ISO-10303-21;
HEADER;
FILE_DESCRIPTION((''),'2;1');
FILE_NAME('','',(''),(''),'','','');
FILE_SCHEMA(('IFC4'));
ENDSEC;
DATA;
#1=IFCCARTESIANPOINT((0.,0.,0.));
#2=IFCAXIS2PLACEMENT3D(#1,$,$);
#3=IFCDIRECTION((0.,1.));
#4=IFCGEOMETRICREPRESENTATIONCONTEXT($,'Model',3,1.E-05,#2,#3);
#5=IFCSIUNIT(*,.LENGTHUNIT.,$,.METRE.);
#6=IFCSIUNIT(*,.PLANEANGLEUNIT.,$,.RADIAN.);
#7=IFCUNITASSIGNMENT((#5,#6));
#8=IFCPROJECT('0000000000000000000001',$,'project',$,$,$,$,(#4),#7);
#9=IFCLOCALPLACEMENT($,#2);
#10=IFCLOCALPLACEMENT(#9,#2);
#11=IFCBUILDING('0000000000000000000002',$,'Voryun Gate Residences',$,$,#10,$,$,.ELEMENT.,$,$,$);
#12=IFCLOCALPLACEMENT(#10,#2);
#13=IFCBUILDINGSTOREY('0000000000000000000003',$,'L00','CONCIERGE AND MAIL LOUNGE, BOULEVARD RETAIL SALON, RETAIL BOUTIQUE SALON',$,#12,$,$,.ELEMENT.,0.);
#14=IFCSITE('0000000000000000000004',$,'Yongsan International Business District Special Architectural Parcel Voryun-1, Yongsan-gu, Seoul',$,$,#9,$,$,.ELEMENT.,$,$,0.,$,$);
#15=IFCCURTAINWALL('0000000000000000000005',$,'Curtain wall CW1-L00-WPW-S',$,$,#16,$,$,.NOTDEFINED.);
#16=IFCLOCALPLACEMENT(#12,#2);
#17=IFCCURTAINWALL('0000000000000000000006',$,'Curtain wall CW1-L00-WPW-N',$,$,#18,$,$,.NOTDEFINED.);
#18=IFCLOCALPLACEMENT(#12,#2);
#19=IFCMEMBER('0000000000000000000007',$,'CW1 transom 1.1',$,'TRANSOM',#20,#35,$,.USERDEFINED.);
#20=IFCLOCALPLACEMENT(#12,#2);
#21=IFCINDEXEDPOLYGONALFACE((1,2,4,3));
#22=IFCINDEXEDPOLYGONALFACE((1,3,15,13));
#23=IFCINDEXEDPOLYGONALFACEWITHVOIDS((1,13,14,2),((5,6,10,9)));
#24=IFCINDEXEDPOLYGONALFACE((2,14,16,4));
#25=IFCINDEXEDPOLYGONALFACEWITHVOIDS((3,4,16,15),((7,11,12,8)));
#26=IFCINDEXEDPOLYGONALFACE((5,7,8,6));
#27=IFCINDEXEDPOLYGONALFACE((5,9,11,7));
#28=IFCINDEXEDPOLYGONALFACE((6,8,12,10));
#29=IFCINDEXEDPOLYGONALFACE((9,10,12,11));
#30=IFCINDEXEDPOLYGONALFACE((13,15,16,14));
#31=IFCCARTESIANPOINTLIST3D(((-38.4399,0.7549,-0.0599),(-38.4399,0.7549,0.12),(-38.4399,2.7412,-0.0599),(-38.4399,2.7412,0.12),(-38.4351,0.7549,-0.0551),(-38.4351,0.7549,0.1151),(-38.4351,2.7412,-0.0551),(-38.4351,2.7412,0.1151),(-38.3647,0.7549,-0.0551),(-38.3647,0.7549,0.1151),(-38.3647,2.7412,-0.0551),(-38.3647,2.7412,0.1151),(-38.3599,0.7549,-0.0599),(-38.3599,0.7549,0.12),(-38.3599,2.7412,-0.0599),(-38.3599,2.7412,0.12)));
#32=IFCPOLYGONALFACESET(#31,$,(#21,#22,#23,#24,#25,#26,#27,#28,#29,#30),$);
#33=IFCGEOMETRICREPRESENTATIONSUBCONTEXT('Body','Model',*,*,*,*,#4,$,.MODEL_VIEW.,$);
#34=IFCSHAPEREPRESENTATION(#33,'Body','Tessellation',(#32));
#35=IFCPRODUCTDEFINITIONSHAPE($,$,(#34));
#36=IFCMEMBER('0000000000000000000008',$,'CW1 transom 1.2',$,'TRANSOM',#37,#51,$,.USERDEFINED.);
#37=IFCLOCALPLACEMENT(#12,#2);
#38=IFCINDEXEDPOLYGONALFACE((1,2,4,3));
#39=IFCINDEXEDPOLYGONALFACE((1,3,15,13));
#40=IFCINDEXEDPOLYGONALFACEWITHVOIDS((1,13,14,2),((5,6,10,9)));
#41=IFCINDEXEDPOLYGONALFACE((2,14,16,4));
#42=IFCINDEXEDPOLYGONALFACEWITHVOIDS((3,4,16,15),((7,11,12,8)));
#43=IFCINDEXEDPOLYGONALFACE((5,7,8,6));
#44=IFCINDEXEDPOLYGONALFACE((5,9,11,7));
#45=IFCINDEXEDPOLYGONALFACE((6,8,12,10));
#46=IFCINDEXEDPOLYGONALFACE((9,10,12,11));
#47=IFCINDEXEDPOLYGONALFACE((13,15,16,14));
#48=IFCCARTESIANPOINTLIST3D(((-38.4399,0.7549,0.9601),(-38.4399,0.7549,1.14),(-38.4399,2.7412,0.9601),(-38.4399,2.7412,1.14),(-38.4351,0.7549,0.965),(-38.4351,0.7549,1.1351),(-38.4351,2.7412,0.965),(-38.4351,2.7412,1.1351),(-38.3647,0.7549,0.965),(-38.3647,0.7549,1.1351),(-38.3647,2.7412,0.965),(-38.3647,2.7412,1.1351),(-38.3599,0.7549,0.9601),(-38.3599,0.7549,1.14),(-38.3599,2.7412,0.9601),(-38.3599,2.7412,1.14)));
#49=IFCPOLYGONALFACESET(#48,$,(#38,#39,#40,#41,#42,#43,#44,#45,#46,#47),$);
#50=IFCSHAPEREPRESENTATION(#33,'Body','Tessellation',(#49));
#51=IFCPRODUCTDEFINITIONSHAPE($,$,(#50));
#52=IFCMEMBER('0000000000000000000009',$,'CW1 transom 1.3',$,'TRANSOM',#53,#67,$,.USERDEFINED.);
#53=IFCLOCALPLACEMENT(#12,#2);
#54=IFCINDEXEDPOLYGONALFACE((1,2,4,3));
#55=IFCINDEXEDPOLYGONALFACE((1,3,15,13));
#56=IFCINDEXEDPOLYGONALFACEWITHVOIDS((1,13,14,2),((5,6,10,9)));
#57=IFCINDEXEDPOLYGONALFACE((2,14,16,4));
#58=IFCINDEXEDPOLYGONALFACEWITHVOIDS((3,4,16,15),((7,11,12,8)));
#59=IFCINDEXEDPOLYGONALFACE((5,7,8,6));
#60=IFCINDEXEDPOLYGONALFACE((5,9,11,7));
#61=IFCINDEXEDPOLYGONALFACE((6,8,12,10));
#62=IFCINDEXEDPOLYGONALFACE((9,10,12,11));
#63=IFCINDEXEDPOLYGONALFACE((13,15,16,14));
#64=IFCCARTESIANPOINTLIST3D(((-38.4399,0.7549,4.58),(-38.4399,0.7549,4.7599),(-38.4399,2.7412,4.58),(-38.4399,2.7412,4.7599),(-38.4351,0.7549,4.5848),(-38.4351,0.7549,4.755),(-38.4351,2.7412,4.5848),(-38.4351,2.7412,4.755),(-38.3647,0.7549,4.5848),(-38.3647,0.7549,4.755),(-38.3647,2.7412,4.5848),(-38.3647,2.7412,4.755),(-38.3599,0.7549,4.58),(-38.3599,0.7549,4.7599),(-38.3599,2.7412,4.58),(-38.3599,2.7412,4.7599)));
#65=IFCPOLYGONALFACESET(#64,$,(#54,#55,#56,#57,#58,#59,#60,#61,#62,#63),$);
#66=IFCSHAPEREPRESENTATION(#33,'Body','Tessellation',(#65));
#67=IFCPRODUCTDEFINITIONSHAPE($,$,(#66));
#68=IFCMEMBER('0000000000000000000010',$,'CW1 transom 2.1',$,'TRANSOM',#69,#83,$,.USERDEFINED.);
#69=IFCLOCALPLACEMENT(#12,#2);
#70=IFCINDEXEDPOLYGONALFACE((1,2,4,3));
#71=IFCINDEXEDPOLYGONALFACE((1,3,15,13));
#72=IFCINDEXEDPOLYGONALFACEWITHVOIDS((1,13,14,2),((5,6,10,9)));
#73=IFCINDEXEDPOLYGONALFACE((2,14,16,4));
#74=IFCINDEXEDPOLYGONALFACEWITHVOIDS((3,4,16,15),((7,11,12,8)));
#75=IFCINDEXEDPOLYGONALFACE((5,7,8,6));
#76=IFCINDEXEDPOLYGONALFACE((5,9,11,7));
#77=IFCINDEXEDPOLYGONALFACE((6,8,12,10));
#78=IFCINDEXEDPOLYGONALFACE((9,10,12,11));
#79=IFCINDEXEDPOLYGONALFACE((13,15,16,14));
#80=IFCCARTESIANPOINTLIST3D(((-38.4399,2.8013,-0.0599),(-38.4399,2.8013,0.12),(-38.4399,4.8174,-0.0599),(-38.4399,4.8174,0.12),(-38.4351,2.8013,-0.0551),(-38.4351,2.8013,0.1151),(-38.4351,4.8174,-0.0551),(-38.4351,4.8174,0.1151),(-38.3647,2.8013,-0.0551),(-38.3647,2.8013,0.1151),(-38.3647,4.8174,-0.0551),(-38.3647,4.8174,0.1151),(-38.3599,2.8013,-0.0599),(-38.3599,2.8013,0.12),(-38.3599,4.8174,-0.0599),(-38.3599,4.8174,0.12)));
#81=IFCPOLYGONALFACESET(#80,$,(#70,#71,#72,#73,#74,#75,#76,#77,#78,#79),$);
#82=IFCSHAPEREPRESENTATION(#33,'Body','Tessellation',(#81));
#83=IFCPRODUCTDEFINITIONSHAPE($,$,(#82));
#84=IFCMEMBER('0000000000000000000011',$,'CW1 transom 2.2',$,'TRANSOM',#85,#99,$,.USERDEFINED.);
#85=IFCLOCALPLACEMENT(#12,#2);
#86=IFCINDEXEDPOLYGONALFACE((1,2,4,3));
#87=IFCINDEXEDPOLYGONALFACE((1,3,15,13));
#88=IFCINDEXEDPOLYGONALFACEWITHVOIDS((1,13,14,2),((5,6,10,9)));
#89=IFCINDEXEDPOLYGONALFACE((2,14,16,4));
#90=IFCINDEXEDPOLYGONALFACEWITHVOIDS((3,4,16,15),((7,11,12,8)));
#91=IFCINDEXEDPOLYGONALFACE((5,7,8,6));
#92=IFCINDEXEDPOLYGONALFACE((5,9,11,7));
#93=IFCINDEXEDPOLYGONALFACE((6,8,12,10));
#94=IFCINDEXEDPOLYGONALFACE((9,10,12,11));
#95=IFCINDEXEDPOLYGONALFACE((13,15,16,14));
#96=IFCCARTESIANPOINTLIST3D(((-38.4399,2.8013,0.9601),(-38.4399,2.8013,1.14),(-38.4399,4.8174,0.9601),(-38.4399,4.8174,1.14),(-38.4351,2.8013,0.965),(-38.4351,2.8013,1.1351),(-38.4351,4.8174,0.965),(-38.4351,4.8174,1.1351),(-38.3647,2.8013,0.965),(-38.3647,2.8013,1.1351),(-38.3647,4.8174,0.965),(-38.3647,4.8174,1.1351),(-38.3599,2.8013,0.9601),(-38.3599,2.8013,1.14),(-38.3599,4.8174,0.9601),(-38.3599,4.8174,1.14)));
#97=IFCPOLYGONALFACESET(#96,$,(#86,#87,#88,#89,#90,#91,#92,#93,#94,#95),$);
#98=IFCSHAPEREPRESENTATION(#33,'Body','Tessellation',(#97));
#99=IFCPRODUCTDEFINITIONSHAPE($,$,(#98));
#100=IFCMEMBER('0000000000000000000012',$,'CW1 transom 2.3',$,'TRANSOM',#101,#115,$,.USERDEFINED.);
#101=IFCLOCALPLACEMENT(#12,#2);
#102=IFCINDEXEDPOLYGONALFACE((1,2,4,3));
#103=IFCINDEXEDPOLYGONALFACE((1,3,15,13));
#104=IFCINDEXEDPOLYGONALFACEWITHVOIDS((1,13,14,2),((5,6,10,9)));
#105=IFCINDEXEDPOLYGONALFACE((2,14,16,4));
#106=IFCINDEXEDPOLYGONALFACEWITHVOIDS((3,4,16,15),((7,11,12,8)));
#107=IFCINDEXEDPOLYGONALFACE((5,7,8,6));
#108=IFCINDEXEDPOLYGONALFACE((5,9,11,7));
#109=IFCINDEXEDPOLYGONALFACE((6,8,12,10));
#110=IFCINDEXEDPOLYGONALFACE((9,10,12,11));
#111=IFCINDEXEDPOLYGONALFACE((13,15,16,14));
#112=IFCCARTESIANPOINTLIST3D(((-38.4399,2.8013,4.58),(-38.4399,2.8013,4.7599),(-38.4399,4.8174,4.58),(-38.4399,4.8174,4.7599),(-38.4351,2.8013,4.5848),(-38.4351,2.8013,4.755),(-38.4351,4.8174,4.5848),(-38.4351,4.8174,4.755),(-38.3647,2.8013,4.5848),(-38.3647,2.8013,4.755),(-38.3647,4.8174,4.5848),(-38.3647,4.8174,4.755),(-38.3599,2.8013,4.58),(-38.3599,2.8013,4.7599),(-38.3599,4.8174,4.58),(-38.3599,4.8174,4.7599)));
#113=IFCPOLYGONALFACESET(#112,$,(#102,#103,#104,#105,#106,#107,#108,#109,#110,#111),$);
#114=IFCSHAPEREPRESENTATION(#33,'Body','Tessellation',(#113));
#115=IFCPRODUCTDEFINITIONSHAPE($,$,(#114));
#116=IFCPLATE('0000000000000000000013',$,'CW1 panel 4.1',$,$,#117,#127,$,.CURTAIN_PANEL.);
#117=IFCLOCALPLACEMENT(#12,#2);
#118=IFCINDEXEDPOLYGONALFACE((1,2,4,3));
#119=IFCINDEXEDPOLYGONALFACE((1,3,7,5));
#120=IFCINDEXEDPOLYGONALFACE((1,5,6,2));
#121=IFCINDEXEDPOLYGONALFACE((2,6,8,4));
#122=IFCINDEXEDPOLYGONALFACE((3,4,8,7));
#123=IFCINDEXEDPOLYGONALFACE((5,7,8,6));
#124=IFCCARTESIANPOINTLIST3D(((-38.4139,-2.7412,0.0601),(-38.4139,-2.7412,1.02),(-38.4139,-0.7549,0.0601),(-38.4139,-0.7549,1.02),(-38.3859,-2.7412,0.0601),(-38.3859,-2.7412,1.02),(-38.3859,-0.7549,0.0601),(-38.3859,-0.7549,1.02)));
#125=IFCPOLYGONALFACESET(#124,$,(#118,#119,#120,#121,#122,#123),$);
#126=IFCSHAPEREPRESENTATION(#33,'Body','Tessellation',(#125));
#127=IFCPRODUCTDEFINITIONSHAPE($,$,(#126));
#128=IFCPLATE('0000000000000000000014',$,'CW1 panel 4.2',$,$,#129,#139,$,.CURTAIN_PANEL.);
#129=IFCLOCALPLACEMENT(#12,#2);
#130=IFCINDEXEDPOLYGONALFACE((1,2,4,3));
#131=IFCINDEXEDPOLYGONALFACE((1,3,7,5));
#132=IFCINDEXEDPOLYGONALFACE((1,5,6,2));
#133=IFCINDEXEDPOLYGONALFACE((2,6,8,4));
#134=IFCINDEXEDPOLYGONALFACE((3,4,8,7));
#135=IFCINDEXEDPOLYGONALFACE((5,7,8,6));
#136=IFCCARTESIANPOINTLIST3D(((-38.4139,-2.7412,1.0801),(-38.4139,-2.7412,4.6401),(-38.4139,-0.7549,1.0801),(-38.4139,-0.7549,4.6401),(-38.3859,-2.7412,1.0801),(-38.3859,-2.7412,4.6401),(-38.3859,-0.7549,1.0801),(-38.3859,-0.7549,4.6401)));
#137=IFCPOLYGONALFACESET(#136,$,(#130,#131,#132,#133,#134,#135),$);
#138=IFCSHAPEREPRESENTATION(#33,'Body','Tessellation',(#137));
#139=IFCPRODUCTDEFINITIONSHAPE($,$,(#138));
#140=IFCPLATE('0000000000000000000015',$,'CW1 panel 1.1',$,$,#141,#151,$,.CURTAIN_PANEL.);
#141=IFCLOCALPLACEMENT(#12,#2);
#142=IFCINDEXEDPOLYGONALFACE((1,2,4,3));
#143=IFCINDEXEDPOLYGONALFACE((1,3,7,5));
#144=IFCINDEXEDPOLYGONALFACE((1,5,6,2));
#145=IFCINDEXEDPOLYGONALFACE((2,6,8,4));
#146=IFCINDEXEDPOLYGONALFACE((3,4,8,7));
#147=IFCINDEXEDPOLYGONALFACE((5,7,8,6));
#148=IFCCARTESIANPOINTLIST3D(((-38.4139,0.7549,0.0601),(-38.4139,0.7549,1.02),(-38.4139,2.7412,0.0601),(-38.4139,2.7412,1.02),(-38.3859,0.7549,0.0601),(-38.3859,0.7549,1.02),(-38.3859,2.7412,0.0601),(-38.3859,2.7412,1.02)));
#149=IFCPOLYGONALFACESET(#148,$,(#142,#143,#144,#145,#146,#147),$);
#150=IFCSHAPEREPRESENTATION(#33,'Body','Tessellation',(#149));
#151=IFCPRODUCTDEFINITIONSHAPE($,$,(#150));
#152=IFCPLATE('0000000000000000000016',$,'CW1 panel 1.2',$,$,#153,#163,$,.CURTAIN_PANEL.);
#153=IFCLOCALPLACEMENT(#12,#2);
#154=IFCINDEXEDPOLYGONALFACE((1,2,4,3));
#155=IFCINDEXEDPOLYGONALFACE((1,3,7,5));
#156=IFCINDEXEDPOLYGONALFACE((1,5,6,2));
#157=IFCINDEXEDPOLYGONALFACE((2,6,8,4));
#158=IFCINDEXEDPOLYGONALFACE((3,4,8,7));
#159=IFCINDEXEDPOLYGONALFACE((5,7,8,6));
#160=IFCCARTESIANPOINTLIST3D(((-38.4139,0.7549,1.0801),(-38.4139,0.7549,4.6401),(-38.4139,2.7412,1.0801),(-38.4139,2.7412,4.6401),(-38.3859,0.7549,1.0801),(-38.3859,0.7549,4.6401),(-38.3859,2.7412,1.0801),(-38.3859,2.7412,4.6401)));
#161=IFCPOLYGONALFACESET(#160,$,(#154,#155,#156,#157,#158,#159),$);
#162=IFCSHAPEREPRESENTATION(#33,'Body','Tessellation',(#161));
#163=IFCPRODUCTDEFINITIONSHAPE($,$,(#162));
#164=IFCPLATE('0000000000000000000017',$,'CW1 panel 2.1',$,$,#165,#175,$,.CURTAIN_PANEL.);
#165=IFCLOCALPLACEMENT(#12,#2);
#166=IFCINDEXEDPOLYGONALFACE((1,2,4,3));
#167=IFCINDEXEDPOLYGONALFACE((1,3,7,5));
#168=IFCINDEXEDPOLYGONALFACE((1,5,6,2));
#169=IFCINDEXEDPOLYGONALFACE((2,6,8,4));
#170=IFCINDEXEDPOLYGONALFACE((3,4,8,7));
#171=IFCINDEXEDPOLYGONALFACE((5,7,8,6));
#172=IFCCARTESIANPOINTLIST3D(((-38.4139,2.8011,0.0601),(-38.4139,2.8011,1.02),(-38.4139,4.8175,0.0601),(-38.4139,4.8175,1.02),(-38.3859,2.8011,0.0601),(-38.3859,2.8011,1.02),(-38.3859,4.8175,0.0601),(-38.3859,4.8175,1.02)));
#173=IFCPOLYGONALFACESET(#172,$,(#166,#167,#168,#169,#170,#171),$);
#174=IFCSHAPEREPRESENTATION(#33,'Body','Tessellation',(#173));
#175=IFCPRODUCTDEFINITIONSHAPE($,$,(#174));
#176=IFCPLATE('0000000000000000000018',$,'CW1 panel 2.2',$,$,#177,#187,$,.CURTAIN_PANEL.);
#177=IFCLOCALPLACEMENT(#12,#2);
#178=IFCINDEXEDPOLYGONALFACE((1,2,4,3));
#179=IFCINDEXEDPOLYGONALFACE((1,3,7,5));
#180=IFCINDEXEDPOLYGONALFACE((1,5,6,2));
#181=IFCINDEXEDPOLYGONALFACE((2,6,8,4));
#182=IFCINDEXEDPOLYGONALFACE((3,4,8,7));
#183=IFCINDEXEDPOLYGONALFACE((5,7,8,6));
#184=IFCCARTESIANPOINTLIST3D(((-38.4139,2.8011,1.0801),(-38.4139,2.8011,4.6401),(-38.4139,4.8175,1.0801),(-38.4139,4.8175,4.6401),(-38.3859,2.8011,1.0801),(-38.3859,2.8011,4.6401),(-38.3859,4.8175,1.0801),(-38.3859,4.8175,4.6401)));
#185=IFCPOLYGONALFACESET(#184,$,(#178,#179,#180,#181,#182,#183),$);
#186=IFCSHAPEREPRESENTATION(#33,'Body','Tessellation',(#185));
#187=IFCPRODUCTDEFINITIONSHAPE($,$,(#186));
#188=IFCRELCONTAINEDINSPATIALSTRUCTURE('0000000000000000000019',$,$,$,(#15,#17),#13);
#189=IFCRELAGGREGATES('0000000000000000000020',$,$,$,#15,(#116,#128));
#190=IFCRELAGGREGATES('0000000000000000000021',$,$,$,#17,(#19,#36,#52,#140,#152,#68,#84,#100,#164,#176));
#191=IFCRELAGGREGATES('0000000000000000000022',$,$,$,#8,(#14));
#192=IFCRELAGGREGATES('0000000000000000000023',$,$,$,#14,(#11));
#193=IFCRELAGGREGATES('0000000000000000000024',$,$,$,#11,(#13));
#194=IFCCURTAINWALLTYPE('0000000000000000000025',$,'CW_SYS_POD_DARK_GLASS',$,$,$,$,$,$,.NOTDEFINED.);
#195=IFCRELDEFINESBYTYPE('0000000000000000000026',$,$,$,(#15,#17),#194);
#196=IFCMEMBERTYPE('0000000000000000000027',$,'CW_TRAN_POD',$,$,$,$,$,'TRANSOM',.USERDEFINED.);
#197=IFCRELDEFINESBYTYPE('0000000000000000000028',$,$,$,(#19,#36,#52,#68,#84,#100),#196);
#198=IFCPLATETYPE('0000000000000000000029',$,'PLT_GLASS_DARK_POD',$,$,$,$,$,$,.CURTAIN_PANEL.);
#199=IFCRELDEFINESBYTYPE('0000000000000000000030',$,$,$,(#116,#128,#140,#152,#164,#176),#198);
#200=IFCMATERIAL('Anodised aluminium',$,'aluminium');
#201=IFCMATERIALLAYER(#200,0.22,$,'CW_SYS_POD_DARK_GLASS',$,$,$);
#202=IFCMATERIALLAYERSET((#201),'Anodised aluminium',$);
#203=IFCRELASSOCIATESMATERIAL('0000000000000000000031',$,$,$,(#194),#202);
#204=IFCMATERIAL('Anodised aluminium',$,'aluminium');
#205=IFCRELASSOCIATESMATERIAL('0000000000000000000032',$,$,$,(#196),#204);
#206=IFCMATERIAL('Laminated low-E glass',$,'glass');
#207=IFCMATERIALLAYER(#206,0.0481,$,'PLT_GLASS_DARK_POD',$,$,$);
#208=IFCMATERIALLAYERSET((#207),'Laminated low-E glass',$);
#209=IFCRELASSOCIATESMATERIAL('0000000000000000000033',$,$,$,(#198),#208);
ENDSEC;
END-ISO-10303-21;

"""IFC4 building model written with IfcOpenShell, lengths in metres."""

from ifc_helpers import new_model, si_unit, direction, frame, origin, origin_2d, place, context, subcontext, project, spatial, rectangle, hollow_rectangle, extrude, material, layer, layer_set, material_profile, profile_set, type_object, element, aggregate, save


model = new_model("IFC4")

# Units and contexts
model_context = context("Model", 3, precision=1e-05, world=origin(), true_north=direction((0.0, 1.0)))
body_context = subcontext(model_context, "Body", "Model", "MODEL_VIEW")
ifc_project = project(units=[si_unit("LENGTHUNIT", "METRE"), si_unit("PLANEANGLEUNIT", "RADIAN")], contexts=[model_context])

# Site, building, storey
site_placement = place(None, origin())
site = spatial("IfcSite", under=ifc_project, at=site_placement, Name="Yongsan International Business District Special Architectural Parcel Voryun-1, Yongsan-gu, Seoul", CompositionType="ELEMENT", RefElevation=0.0)
building_placement = place(site_placement, origin())
building = spatial("IfcBuilding", under=site, at=building_placement, Name="Voryun Gate Residences", CompositionType="ELEMENT")
storey_placement = place(building_placement, origin())
storey = spatial("IfcBuildingStorey", under=building, at=storey_placement, Name="L00", Description="CONCIERGE AND MAIL LOUNGE, BOULEVARD RETAIL SALON, RETAIL BOUTIQUE SALON", CompositionType="ELEMENT", Elevation=0.0)

# Curtain wall
ifc_material_1 = material(Name="Anodised aluminium", Category="aluminium")
ifc_layer_1 = layer(ifc_material_1, 0.22, Name="CW_SYS_POD_DARK_GLASS")
ifc_layer_set_1 = layer_set([ifc_layer_1], Name="Anodised aluminium")
curtain_wall_type = type_object("IfcCurtainWallType", Name="CW_SYS_POD_DARK_GLASS", PredefinedType="NOTDEFINED", material=ifc_layer_set_1)
curtain_wall_1_placement = place(storey_placement, origin())
curtain_wall_1 = element("IfcCurtainWall", 1, at=curtain_wall_1_placement, inside=storey, type_object=curtain_wall_type, Name="Curtain wall CW1-L00-WPW-S", PredefinedType="NOTDEFINED")

# Curtain wall
curtain_wall_2_placement = place(storey_placement, origin())
curtain_wall_2 = element("IfcCurtainWall", 2, at=curtain_wall_2_placement, inside=storey, type_object=curtain_wall_type, Name="Curtain wall CW1-L00-WPW-N", PredefinedType="NOTDEFINED")

# Members
ifc_material_2 = material(Name="Anodised aluminium", Category="aluminium")
ifc_material_profile_1 = material_profile(ifc_material_2, hollow_rectangle(XDim=0.0801, YDim=0.1799, WallThickness=0.0049, at=origin_2d()), Name="ALU-TRAN-180x80x5")
ifc_profile_set_1 = profile_set([ifc_material_profile_1], Name="Anodised aluminium")
member_type_1 = type_object("IfcMemberType", Name="CW_TRAN_POD", ElementType="TRANSOM", PredefinedType="USERDEFINED", material=ifc_profile_set_1)
member_1_placement = place(storey_placement, frame((-38.3999, 0.7549, 0.03), z_axis=(0.0, 1.0, 0.0), x_axis=(-1.0, 0.0, 0.0)))
member_1 = element("IfcMember", 3, at=member_1_placement, type_object=member_type_1, Name="CW1 transom 1.1", ObjectType="TRANSOM", PredefinedType="USERDEFINED", context=body_context, shape_type="SweptSolid", body=[
    extrude(hollow_rectangle(XDim=0.0801, YDim=0.1799, WallThickness=0.0049, at=origin_2d()), origin(), (0.0, 0.0, 1.0), 1.9863),
])
member_2_placement = place(storey_placement, frame((-38.3999, 0.7549, 1.05), z_axis=(0.0, 1.0, 0.0), x_axis=(-1.0, 0.0, 0.0)))
member_2 = element("IfcMember", 4, at=member_2_placement, type_object=member_type_1, Name="CW1 transom 1.2", ObjectType="TRANSOM", PredefinedType="USERDEFINED", context=body_context, shape_type="SweptSolid", body=[
    extrude(hollow_rectangle(XDim=0.0801, YDim=0.1799, WallThickness=0.0049, at=origin_2d()), origin(), (0.0, 0.0, 1.0), 1.9863),
])
member_3_placement = place(storey_placement, frame((-38.3999, 0.7549, 4.6699), z_axis=(0.0, 1.0, 0.0), x_axis=(-1.0, 0.0, 0.0)))
member_3 = element("IfcMember", 5, at=member_3_placement, type_object=member_type_1, Name="CW1 transom 1.3", ObjectType="TRANSOM", PredefinedType="USERDEFINED", context=body_context, shape_type="SweptSolid", body=[
    extrude(hollow_rectangle(XDim=0.0801, YDim=0.1799, WallThickness=0.0049, at=origin_2d()), origin(), (0.0, 0.0, 1.0), 1.9863),
])
member_4_placement = place(storey_placement, frame((-38.3999, 2.8013, 0.03), z_axis=(0.0, 1.0, 0.0), x_axis=(-1.0, 0.0, 0.0)))
member_4 = element("IfcMember", 6, at=member_4_placement, type_object=member_type_1, Name="CW1 transom 2.1", ObjectType="TRANSOM", PredefinedType="USERDEFINED", context=body_context, shape_type="SweptSolid", body=[
    extrude(hollow_rectangle(XDim=0.0801, YDim=0.1799, WallThickness=0.0049, at=origin_2d()), origin(), (0.0, 0.0, 1.0), 2.0161),
])
member_5_placement = place(storey_placement, frame((-38.3999, 2.8013, 1.05), z_axis=(0.0, 1.0, 0.0), x_axis=(-1.0, 0.0, 0.0)))
member_5 = element("IfcMember", 7, at=member_5_placement, type_object=member_type_1, Name="CW1 transom 2.2", ObjectType="TRANSOM", PredefinedType="USERDEFINED", context=body_context, shape_type="SweptSolid", body=[
    extrude(hollow_rectangle(XDim=0.0801, YDim=0.1799, WallThickness=0.0049, at=origin_2d()), origin(), (0.0, 0.0, 1.0), 2.0161),
])
member_6_placement = place(storey_placement, frame((-38.3999, 2.8013, 4.6699), z_axis=(0.0, 1.0, 0.0), x_axis=(-1.0, 0.0, 0.0)))
member_6 = element("IfcMember", 8, at=member_6_placement, type_object=member_type_1, Name="CW1 transom 2.3", ObjectType="TRANSOM", PredefinedType="USERDEFINED", context=body_context, shape_type="SweptSolid", body=[
    extrude(hollow_rectangle(XDim=0.0801, YDim=0.1799, WallThickness=0.0049, at=origin_2d()), origin(), (0.0, 0.0, 1.0), 2.0161),
])

# Plates
ifc_material_3 = material(Name="Laminated low-E glass", Category="glass")
ifc_layer_2 = layer(ifc_material_3, 0.0481, Name="PLT_GLASS_DARK_POD")
ifc_layer_set_2 = layer_set([ifc_layer_2], Name="Laminated low-E glass")
plate_type = type_object("IfcPlateType", Name="PLT_GLASS_DARK_POD", PredefinedType="CURTAIN_PANEL", material=ifc_layer_set_2)
plate_1_placement = place(storey_placement, frame((-38.3999, -1.748, 0.0601), z_axis=(0.0, 0.0, 1.0), x_axis=(0.0, 1.0, 0.0)))
plate_1 = element("IfcPlate", 9, at=plate_1_placement, type_object=plate_type, Name="CW1 panel 4.1", PredefinedType="CURTAIN_PANEL", context=body_context, shape_type="SweptSolid", body=[
    extrude(rectangle(XDim=1.9863, YDim=0.0281, at=origin_2d()), origin(), (0.0, 0.0, 1.0), 0.96),
])
plate_2_placement = place(storey_placement, frame((-38.3999, -1.748, 1.0801), z_axis=(0.0, 0.0, 1.0), x_axis=(0.0, 1.0, 0.0)))
plate_2 = element("IfcPlate", 10, at=plate_2_placement, type_object=plate_type, Name="CW1 panel 4.2", PredefinedType="CURTAIN_PANEL", context=body_context, shape_type="SweptSolid", body=[
    extrude(rectangle(XDim=1.9863, YDim=0.0281, at=origin_2d()), origin(), (0.0, 0.0, 1.0), 3.5601),
])
aggregate(curtain_wall_1, [plate_1, plate_2])
plate_3_placement = place(storey_placement, frame((-38.3999, 1.748, 0.0601), z_axis=(0.0, 0.0, 1.0), x_axis=(0.0, 1.0, 0.0)))
plate_3 = element("IfcPlate", 11, at=plate_3_placement, type_object=plate_type, Name="CW1 panel 1.1", PredefinedType="CURTAIN_PANEL", context=body_context, shape_type="SweptSolid", body=[
    extrude(rectangle(XDim=1.9863, YDim=0.0281, at=origin_2d()), origin(), (0.0, 0.0, 1.0), 0.96),
])
plate_4_placement = place(storey_placement, frame((-38.3999, 1.748, 1.0801), z_axis=(0.0, 0.0, 1.0), x_axis=(0.0, 1.0, 0.0)))
plate_4 = element("IfcPlate", 12, at=plate_4_placement, type_object=plate_type, Name="CW1 panel 1.2", PredefinedType="CURTAIN_PANEL", context=body_context, shape_type="SweptSolid", body=[
    extrude(rectangle(XDim=1.9863, YDim=0.0281, at=origin_2d()), origin(), (0.0, 0.0, 1.0), 3.5601),
])
plate_5_placement = place(storey_placement, frame((-38.3999, 3.8093, 0.0601), z_axis=(0.0, 0.0, 1.0), x_axis=(0.0, 1.0, 0.0)))
plate_5 = element("IfcPlate", 13, at=plate_5_placement, type_object=plate_type, Name="CW1 panel 2.1", PredefinedType="CURTAIN_PANEL", context=body_context, shape_type="SweptSolid", body=[
    extrude(rectangle(XDim=2.0164, YDim=0.0281, at=origin_2d()), origin(), (0.0, 0.0, 1.0), 0.96),
])
plate_6_placement = place(storey_placement, frame((-38.3999, 3.8093, 1.0801), z_axis=(0.0, 0.0, 1.0), x_axis=(0.0, 1.0, 0.0)))
plate_6 = element("IfcPlate", 14, at=plate_6_placement, type_object=plate_type, Name="CW1 panel 2.2", PredefinedType="CURTAIN_PANEL", context=body_context, shape_type="SweptSolid", body=[
    extrude(rectangle(XDim=2.0164, YDim=0.0281, at=origin_2d()), origin(), (0.0, 0.0, 1.0), 3.5601),
])
aggregate(curtain_wall_2, [member_1, member_2, member_3, plate_3, plate_4, member_4, member_5, member_6, plate_5, plate_6])

save(model, "model.ifc")
